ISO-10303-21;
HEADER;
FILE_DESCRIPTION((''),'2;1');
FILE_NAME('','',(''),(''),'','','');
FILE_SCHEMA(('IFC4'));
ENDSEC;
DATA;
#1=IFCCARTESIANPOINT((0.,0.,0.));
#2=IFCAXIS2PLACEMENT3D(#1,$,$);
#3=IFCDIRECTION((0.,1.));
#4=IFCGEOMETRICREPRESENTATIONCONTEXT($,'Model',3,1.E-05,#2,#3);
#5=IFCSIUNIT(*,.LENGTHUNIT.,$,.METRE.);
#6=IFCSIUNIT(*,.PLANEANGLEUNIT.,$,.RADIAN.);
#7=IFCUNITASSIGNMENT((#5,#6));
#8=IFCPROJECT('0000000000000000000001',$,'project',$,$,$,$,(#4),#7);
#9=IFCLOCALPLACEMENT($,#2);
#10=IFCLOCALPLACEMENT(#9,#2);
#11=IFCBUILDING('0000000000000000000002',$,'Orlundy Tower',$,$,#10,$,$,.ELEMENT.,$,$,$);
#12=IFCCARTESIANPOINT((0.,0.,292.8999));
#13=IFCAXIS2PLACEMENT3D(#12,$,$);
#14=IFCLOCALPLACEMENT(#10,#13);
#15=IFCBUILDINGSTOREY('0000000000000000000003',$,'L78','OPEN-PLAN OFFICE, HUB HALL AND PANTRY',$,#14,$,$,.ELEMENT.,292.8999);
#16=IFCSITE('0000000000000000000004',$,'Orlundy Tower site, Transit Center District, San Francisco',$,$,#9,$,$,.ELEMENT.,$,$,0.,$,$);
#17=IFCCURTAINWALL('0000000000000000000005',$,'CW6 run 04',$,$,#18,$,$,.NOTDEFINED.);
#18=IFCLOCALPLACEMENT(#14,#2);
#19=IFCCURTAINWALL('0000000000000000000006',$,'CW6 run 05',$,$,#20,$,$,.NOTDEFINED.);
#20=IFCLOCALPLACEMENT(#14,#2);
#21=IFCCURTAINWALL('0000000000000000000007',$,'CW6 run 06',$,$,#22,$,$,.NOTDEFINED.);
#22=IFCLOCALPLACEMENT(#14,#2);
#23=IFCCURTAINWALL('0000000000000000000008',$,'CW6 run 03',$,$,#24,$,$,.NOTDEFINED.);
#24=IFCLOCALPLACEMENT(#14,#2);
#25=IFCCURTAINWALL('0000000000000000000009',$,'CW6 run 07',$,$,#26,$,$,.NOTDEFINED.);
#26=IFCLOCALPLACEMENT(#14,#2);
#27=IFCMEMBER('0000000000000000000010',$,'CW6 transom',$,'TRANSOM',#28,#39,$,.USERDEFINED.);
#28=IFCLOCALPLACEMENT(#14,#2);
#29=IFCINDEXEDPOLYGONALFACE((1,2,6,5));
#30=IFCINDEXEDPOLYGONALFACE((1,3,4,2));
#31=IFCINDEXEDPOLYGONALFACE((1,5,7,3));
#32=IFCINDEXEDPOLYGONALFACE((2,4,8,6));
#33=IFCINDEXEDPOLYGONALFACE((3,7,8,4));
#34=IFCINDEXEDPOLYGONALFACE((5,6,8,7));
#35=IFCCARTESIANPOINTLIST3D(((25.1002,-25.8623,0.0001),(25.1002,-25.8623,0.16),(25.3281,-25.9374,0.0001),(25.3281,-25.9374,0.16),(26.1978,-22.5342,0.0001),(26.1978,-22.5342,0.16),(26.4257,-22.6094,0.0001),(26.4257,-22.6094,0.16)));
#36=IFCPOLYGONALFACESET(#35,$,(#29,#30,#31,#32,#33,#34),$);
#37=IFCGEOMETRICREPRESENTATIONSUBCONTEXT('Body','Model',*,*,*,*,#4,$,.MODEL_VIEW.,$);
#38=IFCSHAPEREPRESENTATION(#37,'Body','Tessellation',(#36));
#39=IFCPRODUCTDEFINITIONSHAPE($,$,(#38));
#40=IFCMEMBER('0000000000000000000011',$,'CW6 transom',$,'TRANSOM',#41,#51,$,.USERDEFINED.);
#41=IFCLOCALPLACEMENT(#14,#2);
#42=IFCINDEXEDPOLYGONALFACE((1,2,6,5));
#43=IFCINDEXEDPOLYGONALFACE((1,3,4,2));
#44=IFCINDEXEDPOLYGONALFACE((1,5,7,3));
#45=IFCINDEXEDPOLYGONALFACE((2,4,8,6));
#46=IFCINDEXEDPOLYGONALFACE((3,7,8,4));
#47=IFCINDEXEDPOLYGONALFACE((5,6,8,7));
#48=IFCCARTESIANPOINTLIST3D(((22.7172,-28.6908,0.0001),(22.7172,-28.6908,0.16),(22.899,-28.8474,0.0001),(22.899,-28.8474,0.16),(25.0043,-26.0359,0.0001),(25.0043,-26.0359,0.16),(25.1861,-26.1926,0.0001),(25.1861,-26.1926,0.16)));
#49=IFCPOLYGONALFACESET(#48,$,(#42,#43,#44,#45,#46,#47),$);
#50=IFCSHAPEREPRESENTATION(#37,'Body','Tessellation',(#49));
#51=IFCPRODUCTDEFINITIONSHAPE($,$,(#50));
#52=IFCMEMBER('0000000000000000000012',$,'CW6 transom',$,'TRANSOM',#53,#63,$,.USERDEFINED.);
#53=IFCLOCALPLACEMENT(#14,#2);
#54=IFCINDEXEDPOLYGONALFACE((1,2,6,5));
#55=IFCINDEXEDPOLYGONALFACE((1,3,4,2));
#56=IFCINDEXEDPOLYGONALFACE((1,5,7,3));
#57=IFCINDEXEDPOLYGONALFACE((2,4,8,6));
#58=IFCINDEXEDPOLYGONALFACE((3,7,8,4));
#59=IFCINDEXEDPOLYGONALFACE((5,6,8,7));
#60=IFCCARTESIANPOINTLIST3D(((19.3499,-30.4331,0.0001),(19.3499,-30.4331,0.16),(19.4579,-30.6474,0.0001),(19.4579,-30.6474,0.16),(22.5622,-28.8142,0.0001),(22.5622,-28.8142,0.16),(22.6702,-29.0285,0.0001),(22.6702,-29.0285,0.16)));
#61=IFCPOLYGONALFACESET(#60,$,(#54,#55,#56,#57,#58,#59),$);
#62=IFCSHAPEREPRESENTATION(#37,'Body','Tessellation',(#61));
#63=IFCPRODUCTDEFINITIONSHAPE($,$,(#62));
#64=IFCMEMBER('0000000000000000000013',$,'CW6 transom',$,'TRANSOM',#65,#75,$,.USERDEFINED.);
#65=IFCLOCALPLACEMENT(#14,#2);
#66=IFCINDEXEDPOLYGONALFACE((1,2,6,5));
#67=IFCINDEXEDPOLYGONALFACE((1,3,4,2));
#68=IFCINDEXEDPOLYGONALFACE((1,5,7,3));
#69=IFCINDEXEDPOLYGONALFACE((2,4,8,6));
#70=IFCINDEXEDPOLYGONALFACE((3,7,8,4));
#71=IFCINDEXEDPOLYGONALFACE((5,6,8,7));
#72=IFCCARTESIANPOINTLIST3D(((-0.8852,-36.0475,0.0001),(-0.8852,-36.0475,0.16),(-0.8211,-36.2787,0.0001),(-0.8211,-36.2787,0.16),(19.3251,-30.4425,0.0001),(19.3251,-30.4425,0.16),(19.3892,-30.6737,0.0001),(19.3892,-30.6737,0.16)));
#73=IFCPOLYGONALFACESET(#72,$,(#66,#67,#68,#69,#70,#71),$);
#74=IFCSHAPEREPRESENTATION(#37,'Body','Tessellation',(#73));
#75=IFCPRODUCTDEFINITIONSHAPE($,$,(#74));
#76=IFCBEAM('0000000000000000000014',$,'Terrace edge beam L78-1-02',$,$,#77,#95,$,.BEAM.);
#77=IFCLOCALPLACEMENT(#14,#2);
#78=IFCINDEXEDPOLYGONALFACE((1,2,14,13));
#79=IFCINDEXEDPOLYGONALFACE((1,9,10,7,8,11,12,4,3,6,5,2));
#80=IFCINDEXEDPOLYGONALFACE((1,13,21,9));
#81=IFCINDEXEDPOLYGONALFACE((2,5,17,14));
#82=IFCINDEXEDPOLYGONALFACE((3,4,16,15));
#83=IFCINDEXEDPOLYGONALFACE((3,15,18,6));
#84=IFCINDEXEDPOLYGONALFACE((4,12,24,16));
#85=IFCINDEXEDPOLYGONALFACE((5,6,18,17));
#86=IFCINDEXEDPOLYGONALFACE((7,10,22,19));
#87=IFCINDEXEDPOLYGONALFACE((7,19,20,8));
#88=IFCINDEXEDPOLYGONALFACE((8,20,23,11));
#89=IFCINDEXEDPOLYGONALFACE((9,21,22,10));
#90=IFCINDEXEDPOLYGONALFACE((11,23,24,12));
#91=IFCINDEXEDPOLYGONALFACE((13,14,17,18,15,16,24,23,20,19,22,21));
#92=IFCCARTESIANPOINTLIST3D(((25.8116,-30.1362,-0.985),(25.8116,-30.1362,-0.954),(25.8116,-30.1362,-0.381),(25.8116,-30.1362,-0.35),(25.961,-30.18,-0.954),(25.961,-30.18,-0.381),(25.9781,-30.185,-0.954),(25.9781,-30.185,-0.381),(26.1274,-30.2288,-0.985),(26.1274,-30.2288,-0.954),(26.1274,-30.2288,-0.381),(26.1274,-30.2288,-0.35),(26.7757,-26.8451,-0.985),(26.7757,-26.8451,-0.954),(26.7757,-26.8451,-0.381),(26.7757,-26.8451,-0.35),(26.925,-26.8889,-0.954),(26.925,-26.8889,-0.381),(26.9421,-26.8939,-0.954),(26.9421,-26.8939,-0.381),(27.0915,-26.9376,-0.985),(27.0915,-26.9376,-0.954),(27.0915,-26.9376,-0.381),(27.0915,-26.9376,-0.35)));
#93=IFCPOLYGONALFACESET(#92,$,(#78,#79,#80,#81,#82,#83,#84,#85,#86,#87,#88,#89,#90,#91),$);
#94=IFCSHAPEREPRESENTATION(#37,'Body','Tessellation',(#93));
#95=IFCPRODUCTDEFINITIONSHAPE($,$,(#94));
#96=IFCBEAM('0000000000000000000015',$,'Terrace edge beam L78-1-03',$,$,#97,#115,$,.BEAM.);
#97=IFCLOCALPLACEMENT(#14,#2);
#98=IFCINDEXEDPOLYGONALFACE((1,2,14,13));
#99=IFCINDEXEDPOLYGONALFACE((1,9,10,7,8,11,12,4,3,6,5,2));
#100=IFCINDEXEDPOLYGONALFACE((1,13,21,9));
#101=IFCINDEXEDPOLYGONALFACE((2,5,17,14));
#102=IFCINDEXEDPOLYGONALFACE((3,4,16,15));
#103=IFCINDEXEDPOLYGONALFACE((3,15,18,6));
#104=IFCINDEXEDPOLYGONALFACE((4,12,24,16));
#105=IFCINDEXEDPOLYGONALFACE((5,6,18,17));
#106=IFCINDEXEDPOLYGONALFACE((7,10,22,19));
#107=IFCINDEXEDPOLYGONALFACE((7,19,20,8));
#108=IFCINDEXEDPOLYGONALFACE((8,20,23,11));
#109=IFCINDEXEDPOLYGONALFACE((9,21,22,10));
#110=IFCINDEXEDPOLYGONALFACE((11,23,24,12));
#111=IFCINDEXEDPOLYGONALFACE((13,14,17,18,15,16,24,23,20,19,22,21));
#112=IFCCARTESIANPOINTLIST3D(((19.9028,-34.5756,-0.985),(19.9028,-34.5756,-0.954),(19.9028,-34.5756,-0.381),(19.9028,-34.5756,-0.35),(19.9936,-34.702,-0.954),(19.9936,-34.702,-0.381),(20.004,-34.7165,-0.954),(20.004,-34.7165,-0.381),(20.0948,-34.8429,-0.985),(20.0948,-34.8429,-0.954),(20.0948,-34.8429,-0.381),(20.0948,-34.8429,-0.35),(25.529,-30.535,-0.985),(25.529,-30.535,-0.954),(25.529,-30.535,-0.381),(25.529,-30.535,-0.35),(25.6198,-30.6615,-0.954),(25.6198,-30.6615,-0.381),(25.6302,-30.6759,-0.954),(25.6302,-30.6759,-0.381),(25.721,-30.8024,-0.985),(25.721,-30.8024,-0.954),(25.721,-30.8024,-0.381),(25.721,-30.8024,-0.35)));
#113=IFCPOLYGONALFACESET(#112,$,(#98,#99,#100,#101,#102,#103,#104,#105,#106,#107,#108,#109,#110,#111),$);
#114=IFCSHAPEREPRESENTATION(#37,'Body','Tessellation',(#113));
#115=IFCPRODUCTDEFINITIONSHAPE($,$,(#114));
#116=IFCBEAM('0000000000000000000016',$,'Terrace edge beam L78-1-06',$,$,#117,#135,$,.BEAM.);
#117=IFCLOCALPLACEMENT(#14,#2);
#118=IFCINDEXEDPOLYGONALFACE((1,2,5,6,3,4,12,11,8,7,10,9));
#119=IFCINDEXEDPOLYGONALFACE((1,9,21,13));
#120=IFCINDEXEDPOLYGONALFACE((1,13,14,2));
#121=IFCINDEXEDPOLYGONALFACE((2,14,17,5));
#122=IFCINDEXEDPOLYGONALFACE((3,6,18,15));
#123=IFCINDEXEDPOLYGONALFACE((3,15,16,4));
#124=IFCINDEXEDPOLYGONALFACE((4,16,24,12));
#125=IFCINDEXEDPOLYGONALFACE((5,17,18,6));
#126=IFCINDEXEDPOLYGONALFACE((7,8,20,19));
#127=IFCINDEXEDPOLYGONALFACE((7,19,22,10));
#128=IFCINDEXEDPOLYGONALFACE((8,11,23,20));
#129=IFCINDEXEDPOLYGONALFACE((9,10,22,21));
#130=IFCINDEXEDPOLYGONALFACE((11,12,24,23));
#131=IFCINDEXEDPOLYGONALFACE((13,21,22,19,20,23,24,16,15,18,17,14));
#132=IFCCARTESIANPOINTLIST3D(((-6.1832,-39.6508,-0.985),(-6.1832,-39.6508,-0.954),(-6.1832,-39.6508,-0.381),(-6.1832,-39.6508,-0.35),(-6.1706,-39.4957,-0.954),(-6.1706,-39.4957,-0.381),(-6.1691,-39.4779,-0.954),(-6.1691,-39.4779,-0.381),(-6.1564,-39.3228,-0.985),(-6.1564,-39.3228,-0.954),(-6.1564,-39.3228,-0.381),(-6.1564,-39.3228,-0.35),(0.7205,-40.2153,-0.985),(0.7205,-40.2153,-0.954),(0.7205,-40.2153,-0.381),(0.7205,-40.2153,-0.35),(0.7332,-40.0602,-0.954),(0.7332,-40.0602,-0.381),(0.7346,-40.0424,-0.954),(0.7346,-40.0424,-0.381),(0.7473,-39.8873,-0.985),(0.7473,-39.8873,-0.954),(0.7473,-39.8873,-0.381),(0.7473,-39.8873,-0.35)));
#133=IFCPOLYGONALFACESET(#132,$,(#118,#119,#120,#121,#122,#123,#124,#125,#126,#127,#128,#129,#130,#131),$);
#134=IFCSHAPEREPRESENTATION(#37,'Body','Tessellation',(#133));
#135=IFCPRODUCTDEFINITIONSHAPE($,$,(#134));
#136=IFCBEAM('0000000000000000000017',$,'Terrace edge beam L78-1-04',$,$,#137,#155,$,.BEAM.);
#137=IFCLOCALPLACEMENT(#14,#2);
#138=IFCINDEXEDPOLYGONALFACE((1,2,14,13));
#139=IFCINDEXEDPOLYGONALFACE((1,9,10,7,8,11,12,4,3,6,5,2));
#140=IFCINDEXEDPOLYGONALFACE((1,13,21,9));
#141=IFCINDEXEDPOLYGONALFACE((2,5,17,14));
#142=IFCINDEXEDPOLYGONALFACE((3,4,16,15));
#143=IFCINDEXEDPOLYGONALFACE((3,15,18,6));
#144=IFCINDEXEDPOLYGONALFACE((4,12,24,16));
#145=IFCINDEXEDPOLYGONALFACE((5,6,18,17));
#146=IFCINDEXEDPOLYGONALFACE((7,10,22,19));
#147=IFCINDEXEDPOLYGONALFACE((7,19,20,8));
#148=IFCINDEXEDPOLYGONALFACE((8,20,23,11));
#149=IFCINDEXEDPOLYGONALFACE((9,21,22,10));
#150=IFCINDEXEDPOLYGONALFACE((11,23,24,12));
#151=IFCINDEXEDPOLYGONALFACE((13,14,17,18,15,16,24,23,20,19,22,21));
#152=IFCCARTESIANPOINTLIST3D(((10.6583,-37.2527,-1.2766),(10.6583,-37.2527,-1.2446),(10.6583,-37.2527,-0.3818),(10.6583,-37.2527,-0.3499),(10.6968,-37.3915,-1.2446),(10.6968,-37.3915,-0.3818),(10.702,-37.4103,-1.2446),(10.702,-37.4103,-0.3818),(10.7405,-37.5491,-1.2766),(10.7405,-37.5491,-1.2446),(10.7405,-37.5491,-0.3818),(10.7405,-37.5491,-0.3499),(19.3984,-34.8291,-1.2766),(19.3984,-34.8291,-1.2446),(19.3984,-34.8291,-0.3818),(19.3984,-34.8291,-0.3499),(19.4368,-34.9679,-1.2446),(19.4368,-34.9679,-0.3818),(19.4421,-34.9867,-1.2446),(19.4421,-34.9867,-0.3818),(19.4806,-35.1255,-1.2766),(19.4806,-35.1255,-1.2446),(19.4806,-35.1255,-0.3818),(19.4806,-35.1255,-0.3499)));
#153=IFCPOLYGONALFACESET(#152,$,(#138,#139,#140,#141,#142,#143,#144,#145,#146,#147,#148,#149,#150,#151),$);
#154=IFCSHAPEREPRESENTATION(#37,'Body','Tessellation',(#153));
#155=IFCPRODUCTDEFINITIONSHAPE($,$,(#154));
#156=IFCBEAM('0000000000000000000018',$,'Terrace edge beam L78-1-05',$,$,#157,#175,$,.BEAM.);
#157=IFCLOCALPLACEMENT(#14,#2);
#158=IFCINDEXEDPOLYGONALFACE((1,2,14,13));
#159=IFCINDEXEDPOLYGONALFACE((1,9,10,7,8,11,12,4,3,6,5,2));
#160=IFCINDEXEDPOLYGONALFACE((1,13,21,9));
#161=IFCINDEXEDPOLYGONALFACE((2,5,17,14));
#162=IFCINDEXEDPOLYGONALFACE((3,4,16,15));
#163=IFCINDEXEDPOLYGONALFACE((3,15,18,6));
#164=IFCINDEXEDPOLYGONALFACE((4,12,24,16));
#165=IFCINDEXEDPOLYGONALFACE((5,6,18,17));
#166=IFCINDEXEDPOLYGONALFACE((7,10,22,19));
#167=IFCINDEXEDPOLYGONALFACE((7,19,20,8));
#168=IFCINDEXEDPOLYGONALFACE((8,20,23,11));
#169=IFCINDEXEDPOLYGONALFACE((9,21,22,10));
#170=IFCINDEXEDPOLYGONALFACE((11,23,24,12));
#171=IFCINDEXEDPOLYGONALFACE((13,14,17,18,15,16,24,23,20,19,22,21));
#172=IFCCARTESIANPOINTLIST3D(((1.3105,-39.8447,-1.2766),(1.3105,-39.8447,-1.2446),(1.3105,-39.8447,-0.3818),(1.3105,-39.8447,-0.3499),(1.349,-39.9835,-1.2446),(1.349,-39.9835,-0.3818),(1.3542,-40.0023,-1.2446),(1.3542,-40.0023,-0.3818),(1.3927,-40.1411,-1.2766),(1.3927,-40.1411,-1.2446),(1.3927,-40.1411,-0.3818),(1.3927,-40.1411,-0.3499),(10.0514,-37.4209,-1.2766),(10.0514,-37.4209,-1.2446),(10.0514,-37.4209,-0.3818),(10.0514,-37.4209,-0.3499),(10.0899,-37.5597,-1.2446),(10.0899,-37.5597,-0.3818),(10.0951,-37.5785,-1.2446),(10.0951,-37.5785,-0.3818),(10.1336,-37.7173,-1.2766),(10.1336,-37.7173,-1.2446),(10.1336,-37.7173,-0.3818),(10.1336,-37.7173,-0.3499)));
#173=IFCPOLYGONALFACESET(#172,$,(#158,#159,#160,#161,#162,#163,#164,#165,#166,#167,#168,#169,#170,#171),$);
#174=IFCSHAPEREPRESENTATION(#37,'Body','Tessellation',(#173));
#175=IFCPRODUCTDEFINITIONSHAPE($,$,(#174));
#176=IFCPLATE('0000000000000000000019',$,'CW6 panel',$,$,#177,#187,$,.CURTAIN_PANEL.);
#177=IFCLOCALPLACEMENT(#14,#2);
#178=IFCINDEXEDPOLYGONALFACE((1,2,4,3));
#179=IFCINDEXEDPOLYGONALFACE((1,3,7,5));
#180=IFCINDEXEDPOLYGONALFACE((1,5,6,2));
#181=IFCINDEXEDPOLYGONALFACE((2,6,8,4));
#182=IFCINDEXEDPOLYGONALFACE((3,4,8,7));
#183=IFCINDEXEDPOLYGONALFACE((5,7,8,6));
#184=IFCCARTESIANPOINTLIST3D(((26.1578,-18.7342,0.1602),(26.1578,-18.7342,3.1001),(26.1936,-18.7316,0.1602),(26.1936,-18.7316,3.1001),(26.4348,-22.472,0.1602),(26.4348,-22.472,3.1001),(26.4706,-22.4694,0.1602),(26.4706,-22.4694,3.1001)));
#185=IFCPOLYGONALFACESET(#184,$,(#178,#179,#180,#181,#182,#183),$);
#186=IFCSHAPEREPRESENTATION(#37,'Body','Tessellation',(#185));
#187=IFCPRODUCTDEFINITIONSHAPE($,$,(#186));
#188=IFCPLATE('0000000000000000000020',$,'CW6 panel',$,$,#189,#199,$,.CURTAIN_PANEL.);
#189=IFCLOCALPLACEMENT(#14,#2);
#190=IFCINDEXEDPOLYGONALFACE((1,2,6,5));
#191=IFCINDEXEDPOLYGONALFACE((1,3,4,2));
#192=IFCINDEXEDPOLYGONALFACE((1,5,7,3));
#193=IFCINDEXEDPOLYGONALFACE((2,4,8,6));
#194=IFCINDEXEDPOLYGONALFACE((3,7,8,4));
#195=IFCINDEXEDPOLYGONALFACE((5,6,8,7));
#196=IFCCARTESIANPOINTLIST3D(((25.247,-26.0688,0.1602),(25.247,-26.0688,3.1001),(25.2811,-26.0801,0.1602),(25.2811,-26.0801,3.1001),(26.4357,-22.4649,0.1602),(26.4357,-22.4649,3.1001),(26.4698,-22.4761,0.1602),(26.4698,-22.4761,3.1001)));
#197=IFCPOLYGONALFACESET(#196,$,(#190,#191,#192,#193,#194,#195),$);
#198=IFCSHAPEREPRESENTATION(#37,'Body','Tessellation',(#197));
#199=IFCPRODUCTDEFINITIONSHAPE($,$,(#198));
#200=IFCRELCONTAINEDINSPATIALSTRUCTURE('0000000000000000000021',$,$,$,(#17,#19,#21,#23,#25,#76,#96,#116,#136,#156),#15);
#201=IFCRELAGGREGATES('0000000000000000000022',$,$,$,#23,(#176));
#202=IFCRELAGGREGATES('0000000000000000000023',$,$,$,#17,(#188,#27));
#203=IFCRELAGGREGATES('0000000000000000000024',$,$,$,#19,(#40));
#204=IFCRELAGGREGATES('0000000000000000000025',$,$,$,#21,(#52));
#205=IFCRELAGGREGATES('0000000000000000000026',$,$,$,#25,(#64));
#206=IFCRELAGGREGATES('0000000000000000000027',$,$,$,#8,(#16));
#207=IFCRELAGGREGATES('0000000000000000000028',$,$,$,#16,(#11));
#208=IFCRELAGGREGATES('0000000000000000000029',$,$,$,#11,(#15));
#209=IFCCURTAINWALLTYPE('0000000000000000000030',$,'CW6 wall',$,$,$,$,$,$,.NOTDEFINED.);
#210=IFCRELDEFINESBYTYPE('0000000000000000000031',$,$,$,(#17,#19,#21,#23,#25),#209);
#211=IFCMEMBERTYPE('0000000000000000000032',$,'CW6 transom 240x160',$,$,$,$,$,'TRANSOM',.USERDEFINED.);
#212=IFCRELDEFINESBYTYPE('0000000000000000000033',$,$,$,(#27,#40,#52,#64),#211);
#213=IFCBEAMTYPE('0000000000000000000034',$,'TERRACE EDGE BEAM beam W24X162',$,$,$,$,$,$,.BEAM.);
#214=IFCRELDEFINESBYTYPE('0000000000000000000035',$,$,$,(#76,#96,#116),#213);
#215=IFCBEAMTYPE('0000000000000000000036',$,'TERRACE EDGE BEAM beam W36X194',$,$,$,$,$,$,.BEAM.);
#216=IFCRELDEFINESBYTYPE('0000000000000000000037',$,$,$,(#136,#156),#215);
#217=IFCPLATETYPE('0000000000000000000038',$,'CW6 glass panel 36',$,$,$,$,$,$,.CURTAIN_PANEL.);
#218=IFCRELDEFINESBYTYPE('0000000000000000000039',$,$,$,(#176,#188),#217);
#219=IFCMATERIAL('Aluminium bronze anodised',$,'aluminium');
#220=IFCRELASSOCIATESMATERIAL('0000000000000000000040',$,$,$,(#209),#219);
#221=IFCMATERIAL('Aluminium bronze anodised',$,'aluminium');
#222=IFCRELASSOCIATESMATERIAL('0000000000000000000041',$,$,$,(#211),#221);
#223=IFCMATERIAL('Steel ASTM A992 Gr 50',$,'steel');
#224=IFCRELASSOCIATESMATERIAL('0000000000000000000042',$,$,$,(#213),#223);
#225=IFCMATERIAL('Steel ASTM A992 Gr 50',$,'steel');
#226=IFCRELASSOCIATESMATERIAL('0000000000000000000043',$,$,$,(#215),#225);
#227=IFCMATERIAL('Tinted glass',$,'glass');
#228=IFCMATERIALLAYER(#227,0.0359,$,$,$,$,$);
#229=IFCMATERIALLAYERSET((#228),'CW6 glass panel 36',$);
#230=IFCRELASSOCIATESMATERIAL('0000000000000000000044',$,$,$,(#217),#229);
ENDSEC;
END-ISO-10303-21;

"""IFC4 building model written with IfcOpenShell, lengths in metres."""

from ifc_helpers import new_model, si_unit, direction, frame, origin, origin_2d, place, context, subcontext, project, spatial, rectangle, i_section, extrude, material, layer, layer_set, material_profile, profile_set, type_object, element, aggregate, save


model = new_model("IFC4")

# Units and contexts
model_context = context("Model", 3, precision=1e-05, world=origin(), true_north=direction((0.0, 1.0)))
body_context = subcontext(model_context, "Body", "Model", "MODEL_VIEW")
ifc_project = project(units=[si_unit("LENGTHUNIT", "METRE"), si_unit("PLANEANGLEUNIT", "RADIAN")], contexts=[model_context])

# Site, building, storey
site_placement = place(None, origin())
site = spatial("IfcSite", under=ifc_project, at=site_placement, Name="Orlundy Tower site, Transit Center District, San Francisco", CompositionType="ELEMENT", RefElevation=0.0)
building_placement = place(site_placement, origin())
building = spatial("IfcBuilding", under=site, at=building_placement, Name="Orlundy Tower", CompositionType="ELEMENT")
storey_placement = place(building_placement, frame((0.0, 0.0, 292.8999)))
storey = spatial("IfcBuildingStorey", under=building, at=storey_placement, Name="L78", Description="OPEN-PLAN OFFICE, HUB HALL AND PANTRY", CompositionType="ELEMENT", Elevation=292.8999)

# Curtain walls
ifc_material_1 = material(Name="Aluminium bronze anodised", Category="aluminium")
curtain_wall_type = type_object("IfcCurtainWallType", Name="CW6 wall", PredefinedType="NOTDEFINED", material=ifc_material_1)
curtain_wall_1_placement = place(storey_placement, origin())
curtain_wall_1 = element("IfcCurtainWall", 1, at=curtain_wall_1_placement, inside=storey, type_object=curtain_wall_type, Name="CW6 run 04", PredefinedType="NOTDEFINED")
curtain_wall_2_placement = place(storey_placement, origin())
curtain_wall_2 = element("IfcCurtainWall", 2, at=curtain_wall_2_placement, inside=storey, type_object=curtain_wall_type, Name="CW6 run 05", PredefinedType="NOTDEFINED")
curtain_wall_3_placement = place(storey_placement, origin())
curtain_wall_3 = element("IfcCurtainWall", 3, at=curtain_wall_3_placement, inside=storey, type_object=curtain_wall_type, Name="CW6 run 06", PredefinedType="NOTDEFINED")
curtain_wall_4_placement = place(storey_placement, origin())
curtain_wall_4 = element("IfcCurtainWall", 4, at=curtain_wall_4_placement, inside=storey, type_object=curtain_wall_type, Name="CW6 run 03", PredefinedType="NOTDEFINED")

# Curtain wall
curtain_wall_5_placement = place(storey_placement, origin())
curtain_wall_5 = element("IfcCurtainWall", 5, at=curtain_wall_5_placement, inside=storey, type_object=curtain_wall_type, Name="CW6 run 07", PredefinedType="NOTDEFINED")

# Members
ifc_material_2 = material(Name="Aluminium bronze anodised", Category="aluminium")
ifc_material_profile_1 = material_profile(ifc_material_2, rectangle(XDim=0.24, YDim=0.1599, at=origin_2d()), Name="CW6 transom 240x160")
ifc_profile_set_1 = profile_set([ifc_material_profile_1], Name="Aluminium bronze anodised")
member_type_1 = type_object("IfcMemberType", Name="CW6 transom 240x160", ElementType="TRANSOM", PredefinedType="USERDEFINED", material=ifc_profile_set_1)
member_1_placement = place(storey_placement, frame((26.3118, -22.5718, 0.0801), z_axis=(-0.313217, -0.949682, 0.0), x_axis=(0.949682, -0.313217, 0.0)))
member_1 = element("IfcMember", 6, at=member_1_placement, type_object=member_type_1, Name="CW6 transom", ObjectType="TRANSOM", PredefinedType="USERDEFINED", context=body_context, shape_type="SweptSolid", body=[
    extrude(rectangle(XDim=0.24, YDim=0.1599, at=origin_2d()), origin(), (0.0, 0.0, 1.0), 3.5044),
])
member_2_placement = place(storey_placement, frame((25.0952, -26.1143, 0.0801), z_axis=(-0.652694, -0.757621, 0.0), x_axis=(0.757621, -0.652694, 0.0)))
member_2 = element("IfcMember", 7, at=member_2_placement, type_object=member_type_1, Name="CW6 transom", ObjectType="TRANSOM", PredefinedType="USERDEFINED", context=body_context, shape_type="SweptSolid", body=[
    extrude(rectangle(XDim=0.24, YDim=0.1599, at=origin_2d()), origin(), (0.0, 0.0, 1.0), 3.5042),
])
member_3_placement = place(storey_placement, frame((22.6162, -28.9214, 0.0801), z_axis=(-0.893011, -0.450035, 0.0), x_axis=(0.450035, -0.893011, 0.0)))
member_3 = element("IfcMember", 8, at=member_3_placement, type_object=member_type_1, Name="CW6 transom", ObjectType="TRANSOM", PredefinedType="USERDEFINED", context=body_context, shape_type="SweptSolid", body=[
    extrude(rectangle(XDim=0.24, YDim=0.1599, at=origin_2d()), origin(), (0.0, 0.0, 1.0), 3.5972),
])
member_4_placement = place(storey_placement, frame((19.3572, -30.5581, 0.0801), z_axis=(-0.963628, -0.267247, 0.0), x_axis=(0.267247, -0.963628, 0.0)))
member_4 = element("IfcMember", 9, at=member_4_placement, type_object=member_type_1, Name="CW6 transom", ObjectType="TRANSOM", PredefinedType="USERDEFINED", context=body_context, shape_type="SweptSolid", body=[
    extrude(rectangle(XDim=0.24, YDim=0.1599, at=origin_2d()), origin(), (0.0, 0.0, 1.0), 20.9731),
])

# Beams
ifc_material_3 = material(Name="Steel ASTM A992 Gr 50", Category="steel")
ifc_material_profile_2 = material_profile(ifc_material_3, i_section(OverallWidth=0.3291, OverallDepth=0.635, WebThickness=0.0178, FlangeThickness=0.031, at=origin_2d()), Name="W24X162")
ifc_profile_set_2 = profile_set([ifc_material_profile_2], Name="Steel ASTM A992 Gr 50")
beam_type_1 = type_object("IfcBeamType", Name="TERRACE EDGE BEAM beam W24X162", PredefinedType="BEAM", material=ifc_profile_set_2)
beam_1_placement = place(storey_placement, frame((26.9336, -26.8914, -0.6675), z_axis=(-0.281118, -0.959673, 0.0), x_axis=(0.959673, -0.281118, 0.0)))
element("IfcBeam", 10, at=beam_1_placement, inside=storey, type_object=beam_type_1, Name="Terrace edge beam L78-1-02", PredefinedType="BEAM", context=body_context, shape_type="SweptSolid", body=[
    extrude(i_section(OverallWidth=0.3291, OverallDepth=0.635, WebThickness=0.0178, FlangeThickness=0.031, at=origin_2d()), origin(), (0.0, 0.0, 1.0), 3.4294),
])
for number, where, z_axis, x_axis, name in (
    (11, (25.625, -30.6687, -0.6675), (-0.812242, -0.58332, 0.0), (0.58332, -0.812242, 0.0), "Terrace edge beam L78-1-03"),
    (12, (0.7339, -40.0513, -0.6675), (-0.996674, 0.081488, 0.0), (-0.081488, -0.996674, 0.0), "Terrace edge beam L78-1-06"),
):
    element("IfcBeam", number, at=place(storey_placement, frame(where, z_axis=z_axis, x_axis=x_axis)), inside=storey, type_object=beam_type_1, Name=name, PredefinedType="BEAM", context=body_context, shape_type="SweptSolid", body=[
        extrude(i_section(OverallWidth=0.3291, OverallDepth=0.635, WebThickness=0.0178, FlangeThickness=0.031, at=origin_2d()), origin(), (0.0, 0.0, 1.0), 6.9268),
    ])
ifc_material_4 = material(Name="Steel ASTM A992 Gr 50", Category="steel")
ifc_material_profile_3 = material_profile(ifc_material_4, i_section(OverallWidth=0.3076, OverallDepth=0.9268, WebThickness=0.0195, FlangeThickness=0.032, at=origin_2d()), Name="W36X194")
ifc_profile_set_3 = profile_set([ifc_material_profile_3], Name="Steel ASTM A992 Gr 50")
beam_type_2 = type_object("IfcBeamType", Name="TERRACE EDGE BEAM beam W36X194", PredefinedType="BEAM", material=ifc_profile_set_3)
beam_2_placement = place(storey_placement, frame((19.4395, -34.9773, -0.8132), z_axis=(-0.963637, -0.267215, 0.0), x_axis=(0.267215, -0.963637, 0.0)))
element("IfcBeam", 13, at=beam_2_placement, inside=storey, type_object=beam_type_2, Name="Terrace edge beam L78-1-04", PredefinedType="BEAM", context=body_context, shape_type="SweptSolid", body=[
    extrude(i_section(OverallWidth=0.3076, OverallDepth=0.9268, WebThickness=0.0195, FlangeThickness=0.032, at=origin_2d()), origin(), (0.0, 0.0, 1.0), 9.0698),
])
beam_3_placement = place(storey_placement, frame((10.0925, -37.5691, -0.8132), z_axis=(-0.963638, -0.267212, 0.0), x_axis=(0.267212, -0.963638, 0.0)))
element("IfcBeam", 14, at=beam_3_placement, inside=storey, type_object=beam_type_2, Name="Terrace edge beam L78-1-05", PredefinedType="BEAM", context=body_context, shape_type="SweptSolid", body=[
    extrude(i_section(OverallWidth=0.3076, OverallDepth=0.9268, WebThickness=0.0195, FlangeThickness=0.032, at=origin_2d()), origin(), (0.0, 0.0, 1.0), 9.0708),
])

# Plates
ifc_material_5 = material(Name="Tinted glass", Category="glass")
ifc_layer_1 = layer(ifc_material_5, 0.0359)
ifc_layer_set_1 = layer_set([ifc_layer_1], Name="CW6 glass panel 36")
plate_type = type_object("IfcPlateType", Name="CW6 glass panel 36", PredefinedType="CURTAIN_PANEL", material=ifc_layer_set_1)
plate_1_placement = place(storey_placement, frame((26.3142, -20.6018, 0.1602), z_axis=(0.0, 0.0, 1.0), x_axis=(0.073911, -0.997265, 0.0)))
plate_1 = element("IfcPlate", 15, at=plate_1_placement, type_object=plate_type, Name="CW6 panel", PredefinedType="CURTAIN_PANEL", context=body_context, shape_type="SweptSolid", body=[
    extrude(rectangle(XDim=3.748, YDim=0.0359, at=origin_2d()), origin(), (0.0, 0.0, 1.0), 2.9399),
])
aggregate(curtain_wall_4, [plate_1])
plate_2_placement = place(storey_placement, frame((25.8584, -24.2725, 0.1602), z_axis=(0.0, 0.0, 1.0), x_axis=(-0.313231, -0.949677, 0.0)))
plate_2 = element("IfcPlate", 16, at=plate_2_placement, type_object=plate_type, Name="CW6 panel", PredefinedType="CURTAIN_PANEL", context=body_context, shape_type="SweptSolid", body=[
    extrude(rectangle(XDim=3.7949, YDim=0.0359, at=origin_2d()), origin(), (0.0, 0.0, 1.0), 2.9399),
])
aggregate(curtain_wall_1, [plate_2, member_1])
aggregate(curtain_wall_2, [member_2])
aggregate(curtain_wall_3, [member_3])
aggregate(curtain_wall_5, [member_4])

save(model, "model.ifc")
